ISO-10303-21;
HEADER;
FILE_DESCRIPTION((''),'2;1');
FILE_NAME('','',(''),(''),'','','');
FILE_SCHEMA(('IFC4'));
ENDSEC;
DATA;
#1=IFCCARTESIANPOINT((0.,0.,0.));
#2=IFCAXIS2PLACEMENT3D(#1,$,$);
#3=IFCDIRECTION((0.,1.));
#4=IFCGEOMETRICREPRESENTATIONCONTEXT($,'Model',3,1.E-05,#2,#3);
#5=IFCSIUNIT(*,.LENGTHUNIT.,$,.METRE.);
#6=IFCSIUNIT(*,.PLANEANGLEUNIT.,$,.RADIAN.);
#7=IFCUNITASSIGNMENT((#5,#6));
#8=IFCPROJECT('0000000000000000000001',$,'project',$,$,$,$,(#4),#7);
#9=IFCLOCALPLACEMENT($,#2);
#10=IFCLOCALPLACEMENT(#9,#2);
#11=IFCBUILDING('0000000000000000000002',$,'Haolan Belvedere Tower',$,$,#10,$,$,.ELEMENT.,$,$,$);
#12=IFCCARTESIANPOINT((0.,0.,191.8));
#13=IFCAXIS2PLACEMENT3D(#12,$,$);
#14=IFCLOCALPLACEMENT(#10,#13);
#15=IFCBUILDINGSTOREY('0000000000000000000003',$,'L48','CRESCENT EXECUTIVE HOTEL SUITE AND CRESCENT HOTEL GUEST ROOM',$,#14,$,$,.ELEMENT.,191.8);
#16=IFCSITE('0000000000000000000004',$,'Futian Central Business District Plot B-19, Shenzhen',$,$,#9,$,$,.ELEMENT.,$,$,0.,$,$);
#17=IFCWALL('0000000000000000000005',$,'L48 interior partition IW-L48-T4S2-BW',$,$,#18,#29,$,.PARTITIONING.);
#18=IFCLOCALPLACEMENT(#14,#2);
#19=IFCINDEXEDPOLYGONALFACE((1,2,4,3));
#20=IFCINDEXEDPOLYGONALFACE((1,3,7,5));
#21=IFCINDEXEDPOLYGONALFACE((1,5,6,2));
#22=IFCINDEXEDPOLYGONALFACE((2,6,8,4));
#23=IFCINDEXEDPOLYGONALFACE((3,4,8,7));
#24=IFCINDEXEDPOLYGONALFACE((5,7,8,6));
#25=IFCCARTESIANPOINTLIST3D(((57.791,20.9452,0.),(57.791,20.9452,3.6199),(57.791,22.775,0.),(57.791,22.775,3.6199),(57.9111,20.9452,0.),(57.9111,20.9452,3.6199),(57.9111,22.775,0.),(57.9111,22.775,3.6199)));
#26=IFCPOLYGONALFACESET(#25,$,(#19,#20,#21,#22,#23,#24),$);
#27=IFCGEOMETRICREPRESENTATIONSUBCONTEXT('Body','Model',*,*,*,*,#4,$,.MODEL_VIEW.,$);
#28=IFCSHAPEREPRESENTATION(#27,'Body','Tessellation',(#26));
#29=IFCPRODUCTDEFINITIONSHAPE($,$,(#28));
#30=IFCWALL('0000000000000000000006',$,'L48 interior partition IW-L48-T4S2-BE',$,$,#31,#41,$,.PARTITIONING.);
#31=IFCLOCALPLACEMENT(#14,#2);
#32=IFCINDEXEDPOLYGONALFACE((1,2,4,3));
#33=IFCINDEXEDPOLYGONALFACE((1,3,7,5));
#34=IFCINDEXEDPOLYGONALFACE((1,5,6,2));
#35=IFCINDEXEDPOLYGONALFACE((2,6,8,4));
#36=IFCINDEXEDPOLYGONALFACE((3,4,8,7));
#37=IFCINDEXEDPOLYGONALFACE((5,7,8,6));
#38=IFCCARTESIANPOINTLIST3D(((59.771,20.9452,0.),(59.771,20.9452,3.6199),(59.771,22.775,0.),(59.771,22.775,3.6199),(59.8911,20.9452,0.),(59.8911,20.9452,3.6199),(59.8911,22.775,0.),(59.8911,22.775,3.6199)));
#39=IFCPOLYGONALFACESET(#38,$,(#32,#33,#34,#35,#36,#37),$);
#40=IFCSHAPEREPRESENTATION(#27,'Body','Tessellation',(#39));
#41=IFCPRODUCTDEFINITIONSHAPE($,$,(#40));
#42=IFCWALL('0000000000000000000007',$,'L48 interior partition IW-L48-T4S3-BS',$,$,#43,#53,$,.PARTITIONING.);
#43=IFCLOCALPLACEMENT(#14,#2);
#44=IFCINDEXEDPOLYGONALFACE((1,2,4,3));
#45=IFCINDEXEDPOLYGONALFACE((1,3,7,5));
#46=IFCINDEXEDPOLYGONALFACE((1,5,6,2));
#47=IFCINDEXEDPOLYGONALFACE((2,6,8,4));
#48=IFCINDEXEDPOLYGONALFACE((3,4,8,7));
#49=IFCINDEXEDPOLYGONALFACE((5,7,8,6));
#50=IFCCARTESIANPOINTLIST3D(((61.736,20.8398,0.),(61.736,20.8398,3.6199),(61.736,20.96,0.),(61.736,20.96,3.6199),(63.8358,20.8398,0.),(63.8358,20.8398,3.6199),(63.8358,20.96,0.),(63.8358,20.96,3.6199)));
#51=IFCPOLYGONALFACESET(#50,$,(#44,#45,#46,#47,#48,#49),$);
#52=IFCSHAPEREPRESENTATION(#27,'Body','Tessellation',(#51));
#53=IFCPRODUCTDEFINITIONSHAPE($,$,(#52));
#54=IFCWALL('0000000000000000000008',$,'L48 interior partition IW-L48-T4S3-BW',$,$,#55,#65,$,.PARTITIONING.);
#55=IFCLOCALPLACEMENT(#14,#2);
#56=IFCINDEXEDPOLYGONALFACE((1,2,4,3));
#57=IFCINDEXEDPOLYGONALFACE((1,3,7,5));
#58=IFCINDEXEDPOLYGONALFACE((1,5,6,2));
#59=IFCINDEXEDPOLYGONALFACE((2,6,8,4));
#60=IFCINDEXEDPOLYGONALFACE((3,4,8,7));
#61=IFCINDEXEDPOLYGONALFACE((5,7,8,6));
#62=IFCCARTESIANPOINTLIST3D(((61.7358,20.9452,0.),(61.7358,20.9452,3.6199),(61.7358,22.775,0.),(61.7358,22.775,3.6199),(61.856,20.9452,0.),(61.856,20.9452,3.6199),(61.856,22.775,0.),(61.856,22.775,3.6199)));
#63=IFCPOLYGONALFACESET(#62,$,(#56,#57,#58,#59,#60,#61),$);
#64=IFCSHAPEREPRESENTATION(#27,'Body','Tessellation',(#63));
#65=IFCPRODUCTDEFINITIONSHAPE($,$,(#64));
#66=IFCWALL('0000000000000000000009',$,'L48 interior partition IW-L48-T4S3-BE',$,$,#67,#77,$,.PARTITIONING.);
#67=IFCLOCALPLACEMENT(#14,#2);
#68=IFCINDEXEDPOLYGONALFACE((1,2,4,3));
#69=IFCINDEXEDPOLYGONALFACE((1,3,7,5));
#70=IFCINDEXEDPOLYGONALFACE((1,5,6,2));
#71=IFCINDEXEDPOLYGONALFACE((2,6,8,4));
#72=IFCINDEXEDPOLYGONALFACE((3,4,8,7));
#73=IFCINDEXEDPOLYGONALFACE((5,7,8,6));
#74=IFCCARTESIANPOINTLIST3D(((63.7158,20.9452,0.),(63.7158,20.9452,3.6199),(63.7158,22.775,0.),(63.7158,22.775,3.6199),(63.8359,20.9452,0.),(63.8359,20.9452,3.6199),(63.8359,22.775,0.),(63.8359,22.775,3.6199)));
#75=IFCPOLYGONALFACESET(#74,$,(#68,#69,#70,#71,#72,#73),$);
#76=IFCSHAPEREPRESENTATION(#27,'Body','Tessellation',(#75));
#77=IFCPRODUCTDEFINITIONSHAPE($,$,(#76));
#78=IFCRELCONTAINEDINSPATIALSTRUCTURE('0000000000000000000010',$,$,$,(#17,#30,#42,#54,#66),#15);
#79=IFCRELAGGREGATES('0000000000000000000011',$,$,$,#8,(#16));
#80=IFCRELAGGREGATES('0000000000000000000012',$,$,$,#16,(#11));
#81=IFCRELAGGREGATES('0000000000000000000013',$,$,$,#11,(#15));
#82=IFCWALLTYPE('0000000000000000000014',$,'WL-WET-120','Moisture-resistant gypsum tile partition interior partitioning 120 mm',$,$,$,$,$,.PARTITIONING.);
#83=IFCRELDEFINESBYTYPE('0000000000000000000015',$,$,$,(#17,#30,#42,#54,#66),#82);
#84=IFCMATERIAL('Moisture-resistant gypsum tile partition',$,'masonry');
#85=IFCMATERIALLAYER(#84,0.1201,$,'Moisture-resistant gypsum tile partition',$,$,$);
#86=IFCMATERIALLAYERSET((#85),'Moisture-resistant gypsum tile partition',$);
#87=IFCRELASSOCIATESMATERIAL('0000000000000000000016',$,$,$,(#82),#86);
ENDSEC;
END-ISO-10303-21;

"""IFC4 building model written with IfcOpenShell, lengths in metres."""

from ifc_helpers import new_model, si_unit, direction, frame, frame_2d, origin, place, context, subcontext, project, spatial, rectangle, extrude, material, layer, layer_set, type_object, element, save


model = new_model("IFC4")

# Units and contexts
model_context = context("Model", 3, precision=1e-05, world=origin(), true_north=direction((0.0, 1.0)))
body_context = subcontext(model_context, "Body", "Model", "MODEL_VIEW")
ifc_project = project(units=[si_unit("LENGTHUNIT", "METRE"), si_unit("PLANEANGLEUNIT", "RADIAN")], contexts=[model_context])

# Site, building, storey
site_placement = place(None, origin())
site = spatial("IfcSite", under=ifc_project, at=site_placement, Name="Futian Central Business District Plot B-19, Shenzhen", CompositionType="ELEMENT", RefElevation=0.0)
building_placement = place(site_placement, origin())
building = spatial("IfcBuilding", under=site, at=building_placement, Name="Haolan Belvedere Tower", CompositionType="ELEMENT")
storey_placement = place(building_placement, frame((0.0, 0.0, 191.8)))
storey = spatial("IfcBuildingStorey", under=building, at=storey_placement, Name="L48", Description="CRESCENT EXECUTIVE HOTEL SUITE AND CRESCENT HOTEL GUEST ROOM", CompositionType="ELEMENT", Elevation=191.8)

# Shared definitions
ifc_material_1 = material(Name="Moisture-resistant gypsum tile partition", Category="masonry")
ifc_layer_1 = layer(ifc_material_1, 0.1201, Name="Moisture-resistant gypsum tile partition")
ifc_layer_set_1 = layer_set([ifc_layer_1], Name="Moisture-resistant gypsum tile partition")
wall_type_1 = type_object("IfcWallType", Name="WL-WET-120", Description="Moisture-resistant gypsum tile partition interior partitioning 120 mm", PredefinedType="PARTITIONING", material=ifc_layer_set_1)

# Walls
for number, where, z_axis, x_axis, name in (
    (1, (57.8511, 20.9451, 0.0), (0.0, 0.0, 1.0), (0.0, 1.0, 0.0), "L48 interior partition IW-L48-T4S2-BW"),
    (2, (59.8311, 20.9451, 0.0), (0.0, 0.0, 1.0), (0.0, 1.0, 0.0), "L48 interior partition IW-L48-T4S2-BE"),
):
    element("IfcWall", number, at=place(storey_placement, frame(where, z_axis=z_axis, x_axis=x_axis)), inside=storey, type_object=wall_type_1, Name=name, PredefinedType="PARTITIONING", context=body_context, shape_type="SweptSolid", body=[
        extrude(rectangle(XDim=1.8298, YDim=0.1201, at=frame_2d((0.915, 0.0))), origin(), (0.0, 0.0, 1.0), 3.6199),
    ])
wall_1_placement = place(storey_placement, frame((61.7361, 20.8999, 0.0), z_axis=(0.0, 0.0, 1.0), x_axis=(1.0, 0.0, 0.0)))
element("IfcWall", 3, at=wall_1_placement, inside=storey, type_object=wall_type_1, Name="L48 interior partition IW-L48-T4S3-BS", PredefinedType="PARTITIONING", context=body_context, shape_type="SweptSolid", body=[
    extrude(rectangle(XDim=2.0999, YDim=0.1201, at=frame_2d((1.0498, 0.0))), origin(), (0.0, 0.0, 1.0), 3.6199),
])
for number, where, z_axis, x_axis, name in (
    (4, (61.7959, 20.9451, 0.0), (0.0, 0.0, 1.0), (0.0, 1.0, 0.0), "L48 interior partition IW-L48-T4S3-BW"),
    (5, (63.7759, 20.9451, 0.0), (0.0, 0.0, 1.0), (0.0, 1.0, 0.0), "L48 interior partition IW-L48-T4S3-BE"),
):
    element("IfcWall", number, at=place(storey_placement, frame(where, z_axis=z_axis, x_axis=x_axis)), inside=storey, type_object=wall_type_1, Name=name, PredefinedType="PARTITIONING", context=body_context, shape_type="SweptSolid", body=[
        extrude(rectangle(XDim=1.8298, YDim=0.1201, at=frame_2d((0.915, 0.0))), origin(), (0.0, 0.0, 1.0), 3.6199),
    ])

save(model, "model.ifc")
